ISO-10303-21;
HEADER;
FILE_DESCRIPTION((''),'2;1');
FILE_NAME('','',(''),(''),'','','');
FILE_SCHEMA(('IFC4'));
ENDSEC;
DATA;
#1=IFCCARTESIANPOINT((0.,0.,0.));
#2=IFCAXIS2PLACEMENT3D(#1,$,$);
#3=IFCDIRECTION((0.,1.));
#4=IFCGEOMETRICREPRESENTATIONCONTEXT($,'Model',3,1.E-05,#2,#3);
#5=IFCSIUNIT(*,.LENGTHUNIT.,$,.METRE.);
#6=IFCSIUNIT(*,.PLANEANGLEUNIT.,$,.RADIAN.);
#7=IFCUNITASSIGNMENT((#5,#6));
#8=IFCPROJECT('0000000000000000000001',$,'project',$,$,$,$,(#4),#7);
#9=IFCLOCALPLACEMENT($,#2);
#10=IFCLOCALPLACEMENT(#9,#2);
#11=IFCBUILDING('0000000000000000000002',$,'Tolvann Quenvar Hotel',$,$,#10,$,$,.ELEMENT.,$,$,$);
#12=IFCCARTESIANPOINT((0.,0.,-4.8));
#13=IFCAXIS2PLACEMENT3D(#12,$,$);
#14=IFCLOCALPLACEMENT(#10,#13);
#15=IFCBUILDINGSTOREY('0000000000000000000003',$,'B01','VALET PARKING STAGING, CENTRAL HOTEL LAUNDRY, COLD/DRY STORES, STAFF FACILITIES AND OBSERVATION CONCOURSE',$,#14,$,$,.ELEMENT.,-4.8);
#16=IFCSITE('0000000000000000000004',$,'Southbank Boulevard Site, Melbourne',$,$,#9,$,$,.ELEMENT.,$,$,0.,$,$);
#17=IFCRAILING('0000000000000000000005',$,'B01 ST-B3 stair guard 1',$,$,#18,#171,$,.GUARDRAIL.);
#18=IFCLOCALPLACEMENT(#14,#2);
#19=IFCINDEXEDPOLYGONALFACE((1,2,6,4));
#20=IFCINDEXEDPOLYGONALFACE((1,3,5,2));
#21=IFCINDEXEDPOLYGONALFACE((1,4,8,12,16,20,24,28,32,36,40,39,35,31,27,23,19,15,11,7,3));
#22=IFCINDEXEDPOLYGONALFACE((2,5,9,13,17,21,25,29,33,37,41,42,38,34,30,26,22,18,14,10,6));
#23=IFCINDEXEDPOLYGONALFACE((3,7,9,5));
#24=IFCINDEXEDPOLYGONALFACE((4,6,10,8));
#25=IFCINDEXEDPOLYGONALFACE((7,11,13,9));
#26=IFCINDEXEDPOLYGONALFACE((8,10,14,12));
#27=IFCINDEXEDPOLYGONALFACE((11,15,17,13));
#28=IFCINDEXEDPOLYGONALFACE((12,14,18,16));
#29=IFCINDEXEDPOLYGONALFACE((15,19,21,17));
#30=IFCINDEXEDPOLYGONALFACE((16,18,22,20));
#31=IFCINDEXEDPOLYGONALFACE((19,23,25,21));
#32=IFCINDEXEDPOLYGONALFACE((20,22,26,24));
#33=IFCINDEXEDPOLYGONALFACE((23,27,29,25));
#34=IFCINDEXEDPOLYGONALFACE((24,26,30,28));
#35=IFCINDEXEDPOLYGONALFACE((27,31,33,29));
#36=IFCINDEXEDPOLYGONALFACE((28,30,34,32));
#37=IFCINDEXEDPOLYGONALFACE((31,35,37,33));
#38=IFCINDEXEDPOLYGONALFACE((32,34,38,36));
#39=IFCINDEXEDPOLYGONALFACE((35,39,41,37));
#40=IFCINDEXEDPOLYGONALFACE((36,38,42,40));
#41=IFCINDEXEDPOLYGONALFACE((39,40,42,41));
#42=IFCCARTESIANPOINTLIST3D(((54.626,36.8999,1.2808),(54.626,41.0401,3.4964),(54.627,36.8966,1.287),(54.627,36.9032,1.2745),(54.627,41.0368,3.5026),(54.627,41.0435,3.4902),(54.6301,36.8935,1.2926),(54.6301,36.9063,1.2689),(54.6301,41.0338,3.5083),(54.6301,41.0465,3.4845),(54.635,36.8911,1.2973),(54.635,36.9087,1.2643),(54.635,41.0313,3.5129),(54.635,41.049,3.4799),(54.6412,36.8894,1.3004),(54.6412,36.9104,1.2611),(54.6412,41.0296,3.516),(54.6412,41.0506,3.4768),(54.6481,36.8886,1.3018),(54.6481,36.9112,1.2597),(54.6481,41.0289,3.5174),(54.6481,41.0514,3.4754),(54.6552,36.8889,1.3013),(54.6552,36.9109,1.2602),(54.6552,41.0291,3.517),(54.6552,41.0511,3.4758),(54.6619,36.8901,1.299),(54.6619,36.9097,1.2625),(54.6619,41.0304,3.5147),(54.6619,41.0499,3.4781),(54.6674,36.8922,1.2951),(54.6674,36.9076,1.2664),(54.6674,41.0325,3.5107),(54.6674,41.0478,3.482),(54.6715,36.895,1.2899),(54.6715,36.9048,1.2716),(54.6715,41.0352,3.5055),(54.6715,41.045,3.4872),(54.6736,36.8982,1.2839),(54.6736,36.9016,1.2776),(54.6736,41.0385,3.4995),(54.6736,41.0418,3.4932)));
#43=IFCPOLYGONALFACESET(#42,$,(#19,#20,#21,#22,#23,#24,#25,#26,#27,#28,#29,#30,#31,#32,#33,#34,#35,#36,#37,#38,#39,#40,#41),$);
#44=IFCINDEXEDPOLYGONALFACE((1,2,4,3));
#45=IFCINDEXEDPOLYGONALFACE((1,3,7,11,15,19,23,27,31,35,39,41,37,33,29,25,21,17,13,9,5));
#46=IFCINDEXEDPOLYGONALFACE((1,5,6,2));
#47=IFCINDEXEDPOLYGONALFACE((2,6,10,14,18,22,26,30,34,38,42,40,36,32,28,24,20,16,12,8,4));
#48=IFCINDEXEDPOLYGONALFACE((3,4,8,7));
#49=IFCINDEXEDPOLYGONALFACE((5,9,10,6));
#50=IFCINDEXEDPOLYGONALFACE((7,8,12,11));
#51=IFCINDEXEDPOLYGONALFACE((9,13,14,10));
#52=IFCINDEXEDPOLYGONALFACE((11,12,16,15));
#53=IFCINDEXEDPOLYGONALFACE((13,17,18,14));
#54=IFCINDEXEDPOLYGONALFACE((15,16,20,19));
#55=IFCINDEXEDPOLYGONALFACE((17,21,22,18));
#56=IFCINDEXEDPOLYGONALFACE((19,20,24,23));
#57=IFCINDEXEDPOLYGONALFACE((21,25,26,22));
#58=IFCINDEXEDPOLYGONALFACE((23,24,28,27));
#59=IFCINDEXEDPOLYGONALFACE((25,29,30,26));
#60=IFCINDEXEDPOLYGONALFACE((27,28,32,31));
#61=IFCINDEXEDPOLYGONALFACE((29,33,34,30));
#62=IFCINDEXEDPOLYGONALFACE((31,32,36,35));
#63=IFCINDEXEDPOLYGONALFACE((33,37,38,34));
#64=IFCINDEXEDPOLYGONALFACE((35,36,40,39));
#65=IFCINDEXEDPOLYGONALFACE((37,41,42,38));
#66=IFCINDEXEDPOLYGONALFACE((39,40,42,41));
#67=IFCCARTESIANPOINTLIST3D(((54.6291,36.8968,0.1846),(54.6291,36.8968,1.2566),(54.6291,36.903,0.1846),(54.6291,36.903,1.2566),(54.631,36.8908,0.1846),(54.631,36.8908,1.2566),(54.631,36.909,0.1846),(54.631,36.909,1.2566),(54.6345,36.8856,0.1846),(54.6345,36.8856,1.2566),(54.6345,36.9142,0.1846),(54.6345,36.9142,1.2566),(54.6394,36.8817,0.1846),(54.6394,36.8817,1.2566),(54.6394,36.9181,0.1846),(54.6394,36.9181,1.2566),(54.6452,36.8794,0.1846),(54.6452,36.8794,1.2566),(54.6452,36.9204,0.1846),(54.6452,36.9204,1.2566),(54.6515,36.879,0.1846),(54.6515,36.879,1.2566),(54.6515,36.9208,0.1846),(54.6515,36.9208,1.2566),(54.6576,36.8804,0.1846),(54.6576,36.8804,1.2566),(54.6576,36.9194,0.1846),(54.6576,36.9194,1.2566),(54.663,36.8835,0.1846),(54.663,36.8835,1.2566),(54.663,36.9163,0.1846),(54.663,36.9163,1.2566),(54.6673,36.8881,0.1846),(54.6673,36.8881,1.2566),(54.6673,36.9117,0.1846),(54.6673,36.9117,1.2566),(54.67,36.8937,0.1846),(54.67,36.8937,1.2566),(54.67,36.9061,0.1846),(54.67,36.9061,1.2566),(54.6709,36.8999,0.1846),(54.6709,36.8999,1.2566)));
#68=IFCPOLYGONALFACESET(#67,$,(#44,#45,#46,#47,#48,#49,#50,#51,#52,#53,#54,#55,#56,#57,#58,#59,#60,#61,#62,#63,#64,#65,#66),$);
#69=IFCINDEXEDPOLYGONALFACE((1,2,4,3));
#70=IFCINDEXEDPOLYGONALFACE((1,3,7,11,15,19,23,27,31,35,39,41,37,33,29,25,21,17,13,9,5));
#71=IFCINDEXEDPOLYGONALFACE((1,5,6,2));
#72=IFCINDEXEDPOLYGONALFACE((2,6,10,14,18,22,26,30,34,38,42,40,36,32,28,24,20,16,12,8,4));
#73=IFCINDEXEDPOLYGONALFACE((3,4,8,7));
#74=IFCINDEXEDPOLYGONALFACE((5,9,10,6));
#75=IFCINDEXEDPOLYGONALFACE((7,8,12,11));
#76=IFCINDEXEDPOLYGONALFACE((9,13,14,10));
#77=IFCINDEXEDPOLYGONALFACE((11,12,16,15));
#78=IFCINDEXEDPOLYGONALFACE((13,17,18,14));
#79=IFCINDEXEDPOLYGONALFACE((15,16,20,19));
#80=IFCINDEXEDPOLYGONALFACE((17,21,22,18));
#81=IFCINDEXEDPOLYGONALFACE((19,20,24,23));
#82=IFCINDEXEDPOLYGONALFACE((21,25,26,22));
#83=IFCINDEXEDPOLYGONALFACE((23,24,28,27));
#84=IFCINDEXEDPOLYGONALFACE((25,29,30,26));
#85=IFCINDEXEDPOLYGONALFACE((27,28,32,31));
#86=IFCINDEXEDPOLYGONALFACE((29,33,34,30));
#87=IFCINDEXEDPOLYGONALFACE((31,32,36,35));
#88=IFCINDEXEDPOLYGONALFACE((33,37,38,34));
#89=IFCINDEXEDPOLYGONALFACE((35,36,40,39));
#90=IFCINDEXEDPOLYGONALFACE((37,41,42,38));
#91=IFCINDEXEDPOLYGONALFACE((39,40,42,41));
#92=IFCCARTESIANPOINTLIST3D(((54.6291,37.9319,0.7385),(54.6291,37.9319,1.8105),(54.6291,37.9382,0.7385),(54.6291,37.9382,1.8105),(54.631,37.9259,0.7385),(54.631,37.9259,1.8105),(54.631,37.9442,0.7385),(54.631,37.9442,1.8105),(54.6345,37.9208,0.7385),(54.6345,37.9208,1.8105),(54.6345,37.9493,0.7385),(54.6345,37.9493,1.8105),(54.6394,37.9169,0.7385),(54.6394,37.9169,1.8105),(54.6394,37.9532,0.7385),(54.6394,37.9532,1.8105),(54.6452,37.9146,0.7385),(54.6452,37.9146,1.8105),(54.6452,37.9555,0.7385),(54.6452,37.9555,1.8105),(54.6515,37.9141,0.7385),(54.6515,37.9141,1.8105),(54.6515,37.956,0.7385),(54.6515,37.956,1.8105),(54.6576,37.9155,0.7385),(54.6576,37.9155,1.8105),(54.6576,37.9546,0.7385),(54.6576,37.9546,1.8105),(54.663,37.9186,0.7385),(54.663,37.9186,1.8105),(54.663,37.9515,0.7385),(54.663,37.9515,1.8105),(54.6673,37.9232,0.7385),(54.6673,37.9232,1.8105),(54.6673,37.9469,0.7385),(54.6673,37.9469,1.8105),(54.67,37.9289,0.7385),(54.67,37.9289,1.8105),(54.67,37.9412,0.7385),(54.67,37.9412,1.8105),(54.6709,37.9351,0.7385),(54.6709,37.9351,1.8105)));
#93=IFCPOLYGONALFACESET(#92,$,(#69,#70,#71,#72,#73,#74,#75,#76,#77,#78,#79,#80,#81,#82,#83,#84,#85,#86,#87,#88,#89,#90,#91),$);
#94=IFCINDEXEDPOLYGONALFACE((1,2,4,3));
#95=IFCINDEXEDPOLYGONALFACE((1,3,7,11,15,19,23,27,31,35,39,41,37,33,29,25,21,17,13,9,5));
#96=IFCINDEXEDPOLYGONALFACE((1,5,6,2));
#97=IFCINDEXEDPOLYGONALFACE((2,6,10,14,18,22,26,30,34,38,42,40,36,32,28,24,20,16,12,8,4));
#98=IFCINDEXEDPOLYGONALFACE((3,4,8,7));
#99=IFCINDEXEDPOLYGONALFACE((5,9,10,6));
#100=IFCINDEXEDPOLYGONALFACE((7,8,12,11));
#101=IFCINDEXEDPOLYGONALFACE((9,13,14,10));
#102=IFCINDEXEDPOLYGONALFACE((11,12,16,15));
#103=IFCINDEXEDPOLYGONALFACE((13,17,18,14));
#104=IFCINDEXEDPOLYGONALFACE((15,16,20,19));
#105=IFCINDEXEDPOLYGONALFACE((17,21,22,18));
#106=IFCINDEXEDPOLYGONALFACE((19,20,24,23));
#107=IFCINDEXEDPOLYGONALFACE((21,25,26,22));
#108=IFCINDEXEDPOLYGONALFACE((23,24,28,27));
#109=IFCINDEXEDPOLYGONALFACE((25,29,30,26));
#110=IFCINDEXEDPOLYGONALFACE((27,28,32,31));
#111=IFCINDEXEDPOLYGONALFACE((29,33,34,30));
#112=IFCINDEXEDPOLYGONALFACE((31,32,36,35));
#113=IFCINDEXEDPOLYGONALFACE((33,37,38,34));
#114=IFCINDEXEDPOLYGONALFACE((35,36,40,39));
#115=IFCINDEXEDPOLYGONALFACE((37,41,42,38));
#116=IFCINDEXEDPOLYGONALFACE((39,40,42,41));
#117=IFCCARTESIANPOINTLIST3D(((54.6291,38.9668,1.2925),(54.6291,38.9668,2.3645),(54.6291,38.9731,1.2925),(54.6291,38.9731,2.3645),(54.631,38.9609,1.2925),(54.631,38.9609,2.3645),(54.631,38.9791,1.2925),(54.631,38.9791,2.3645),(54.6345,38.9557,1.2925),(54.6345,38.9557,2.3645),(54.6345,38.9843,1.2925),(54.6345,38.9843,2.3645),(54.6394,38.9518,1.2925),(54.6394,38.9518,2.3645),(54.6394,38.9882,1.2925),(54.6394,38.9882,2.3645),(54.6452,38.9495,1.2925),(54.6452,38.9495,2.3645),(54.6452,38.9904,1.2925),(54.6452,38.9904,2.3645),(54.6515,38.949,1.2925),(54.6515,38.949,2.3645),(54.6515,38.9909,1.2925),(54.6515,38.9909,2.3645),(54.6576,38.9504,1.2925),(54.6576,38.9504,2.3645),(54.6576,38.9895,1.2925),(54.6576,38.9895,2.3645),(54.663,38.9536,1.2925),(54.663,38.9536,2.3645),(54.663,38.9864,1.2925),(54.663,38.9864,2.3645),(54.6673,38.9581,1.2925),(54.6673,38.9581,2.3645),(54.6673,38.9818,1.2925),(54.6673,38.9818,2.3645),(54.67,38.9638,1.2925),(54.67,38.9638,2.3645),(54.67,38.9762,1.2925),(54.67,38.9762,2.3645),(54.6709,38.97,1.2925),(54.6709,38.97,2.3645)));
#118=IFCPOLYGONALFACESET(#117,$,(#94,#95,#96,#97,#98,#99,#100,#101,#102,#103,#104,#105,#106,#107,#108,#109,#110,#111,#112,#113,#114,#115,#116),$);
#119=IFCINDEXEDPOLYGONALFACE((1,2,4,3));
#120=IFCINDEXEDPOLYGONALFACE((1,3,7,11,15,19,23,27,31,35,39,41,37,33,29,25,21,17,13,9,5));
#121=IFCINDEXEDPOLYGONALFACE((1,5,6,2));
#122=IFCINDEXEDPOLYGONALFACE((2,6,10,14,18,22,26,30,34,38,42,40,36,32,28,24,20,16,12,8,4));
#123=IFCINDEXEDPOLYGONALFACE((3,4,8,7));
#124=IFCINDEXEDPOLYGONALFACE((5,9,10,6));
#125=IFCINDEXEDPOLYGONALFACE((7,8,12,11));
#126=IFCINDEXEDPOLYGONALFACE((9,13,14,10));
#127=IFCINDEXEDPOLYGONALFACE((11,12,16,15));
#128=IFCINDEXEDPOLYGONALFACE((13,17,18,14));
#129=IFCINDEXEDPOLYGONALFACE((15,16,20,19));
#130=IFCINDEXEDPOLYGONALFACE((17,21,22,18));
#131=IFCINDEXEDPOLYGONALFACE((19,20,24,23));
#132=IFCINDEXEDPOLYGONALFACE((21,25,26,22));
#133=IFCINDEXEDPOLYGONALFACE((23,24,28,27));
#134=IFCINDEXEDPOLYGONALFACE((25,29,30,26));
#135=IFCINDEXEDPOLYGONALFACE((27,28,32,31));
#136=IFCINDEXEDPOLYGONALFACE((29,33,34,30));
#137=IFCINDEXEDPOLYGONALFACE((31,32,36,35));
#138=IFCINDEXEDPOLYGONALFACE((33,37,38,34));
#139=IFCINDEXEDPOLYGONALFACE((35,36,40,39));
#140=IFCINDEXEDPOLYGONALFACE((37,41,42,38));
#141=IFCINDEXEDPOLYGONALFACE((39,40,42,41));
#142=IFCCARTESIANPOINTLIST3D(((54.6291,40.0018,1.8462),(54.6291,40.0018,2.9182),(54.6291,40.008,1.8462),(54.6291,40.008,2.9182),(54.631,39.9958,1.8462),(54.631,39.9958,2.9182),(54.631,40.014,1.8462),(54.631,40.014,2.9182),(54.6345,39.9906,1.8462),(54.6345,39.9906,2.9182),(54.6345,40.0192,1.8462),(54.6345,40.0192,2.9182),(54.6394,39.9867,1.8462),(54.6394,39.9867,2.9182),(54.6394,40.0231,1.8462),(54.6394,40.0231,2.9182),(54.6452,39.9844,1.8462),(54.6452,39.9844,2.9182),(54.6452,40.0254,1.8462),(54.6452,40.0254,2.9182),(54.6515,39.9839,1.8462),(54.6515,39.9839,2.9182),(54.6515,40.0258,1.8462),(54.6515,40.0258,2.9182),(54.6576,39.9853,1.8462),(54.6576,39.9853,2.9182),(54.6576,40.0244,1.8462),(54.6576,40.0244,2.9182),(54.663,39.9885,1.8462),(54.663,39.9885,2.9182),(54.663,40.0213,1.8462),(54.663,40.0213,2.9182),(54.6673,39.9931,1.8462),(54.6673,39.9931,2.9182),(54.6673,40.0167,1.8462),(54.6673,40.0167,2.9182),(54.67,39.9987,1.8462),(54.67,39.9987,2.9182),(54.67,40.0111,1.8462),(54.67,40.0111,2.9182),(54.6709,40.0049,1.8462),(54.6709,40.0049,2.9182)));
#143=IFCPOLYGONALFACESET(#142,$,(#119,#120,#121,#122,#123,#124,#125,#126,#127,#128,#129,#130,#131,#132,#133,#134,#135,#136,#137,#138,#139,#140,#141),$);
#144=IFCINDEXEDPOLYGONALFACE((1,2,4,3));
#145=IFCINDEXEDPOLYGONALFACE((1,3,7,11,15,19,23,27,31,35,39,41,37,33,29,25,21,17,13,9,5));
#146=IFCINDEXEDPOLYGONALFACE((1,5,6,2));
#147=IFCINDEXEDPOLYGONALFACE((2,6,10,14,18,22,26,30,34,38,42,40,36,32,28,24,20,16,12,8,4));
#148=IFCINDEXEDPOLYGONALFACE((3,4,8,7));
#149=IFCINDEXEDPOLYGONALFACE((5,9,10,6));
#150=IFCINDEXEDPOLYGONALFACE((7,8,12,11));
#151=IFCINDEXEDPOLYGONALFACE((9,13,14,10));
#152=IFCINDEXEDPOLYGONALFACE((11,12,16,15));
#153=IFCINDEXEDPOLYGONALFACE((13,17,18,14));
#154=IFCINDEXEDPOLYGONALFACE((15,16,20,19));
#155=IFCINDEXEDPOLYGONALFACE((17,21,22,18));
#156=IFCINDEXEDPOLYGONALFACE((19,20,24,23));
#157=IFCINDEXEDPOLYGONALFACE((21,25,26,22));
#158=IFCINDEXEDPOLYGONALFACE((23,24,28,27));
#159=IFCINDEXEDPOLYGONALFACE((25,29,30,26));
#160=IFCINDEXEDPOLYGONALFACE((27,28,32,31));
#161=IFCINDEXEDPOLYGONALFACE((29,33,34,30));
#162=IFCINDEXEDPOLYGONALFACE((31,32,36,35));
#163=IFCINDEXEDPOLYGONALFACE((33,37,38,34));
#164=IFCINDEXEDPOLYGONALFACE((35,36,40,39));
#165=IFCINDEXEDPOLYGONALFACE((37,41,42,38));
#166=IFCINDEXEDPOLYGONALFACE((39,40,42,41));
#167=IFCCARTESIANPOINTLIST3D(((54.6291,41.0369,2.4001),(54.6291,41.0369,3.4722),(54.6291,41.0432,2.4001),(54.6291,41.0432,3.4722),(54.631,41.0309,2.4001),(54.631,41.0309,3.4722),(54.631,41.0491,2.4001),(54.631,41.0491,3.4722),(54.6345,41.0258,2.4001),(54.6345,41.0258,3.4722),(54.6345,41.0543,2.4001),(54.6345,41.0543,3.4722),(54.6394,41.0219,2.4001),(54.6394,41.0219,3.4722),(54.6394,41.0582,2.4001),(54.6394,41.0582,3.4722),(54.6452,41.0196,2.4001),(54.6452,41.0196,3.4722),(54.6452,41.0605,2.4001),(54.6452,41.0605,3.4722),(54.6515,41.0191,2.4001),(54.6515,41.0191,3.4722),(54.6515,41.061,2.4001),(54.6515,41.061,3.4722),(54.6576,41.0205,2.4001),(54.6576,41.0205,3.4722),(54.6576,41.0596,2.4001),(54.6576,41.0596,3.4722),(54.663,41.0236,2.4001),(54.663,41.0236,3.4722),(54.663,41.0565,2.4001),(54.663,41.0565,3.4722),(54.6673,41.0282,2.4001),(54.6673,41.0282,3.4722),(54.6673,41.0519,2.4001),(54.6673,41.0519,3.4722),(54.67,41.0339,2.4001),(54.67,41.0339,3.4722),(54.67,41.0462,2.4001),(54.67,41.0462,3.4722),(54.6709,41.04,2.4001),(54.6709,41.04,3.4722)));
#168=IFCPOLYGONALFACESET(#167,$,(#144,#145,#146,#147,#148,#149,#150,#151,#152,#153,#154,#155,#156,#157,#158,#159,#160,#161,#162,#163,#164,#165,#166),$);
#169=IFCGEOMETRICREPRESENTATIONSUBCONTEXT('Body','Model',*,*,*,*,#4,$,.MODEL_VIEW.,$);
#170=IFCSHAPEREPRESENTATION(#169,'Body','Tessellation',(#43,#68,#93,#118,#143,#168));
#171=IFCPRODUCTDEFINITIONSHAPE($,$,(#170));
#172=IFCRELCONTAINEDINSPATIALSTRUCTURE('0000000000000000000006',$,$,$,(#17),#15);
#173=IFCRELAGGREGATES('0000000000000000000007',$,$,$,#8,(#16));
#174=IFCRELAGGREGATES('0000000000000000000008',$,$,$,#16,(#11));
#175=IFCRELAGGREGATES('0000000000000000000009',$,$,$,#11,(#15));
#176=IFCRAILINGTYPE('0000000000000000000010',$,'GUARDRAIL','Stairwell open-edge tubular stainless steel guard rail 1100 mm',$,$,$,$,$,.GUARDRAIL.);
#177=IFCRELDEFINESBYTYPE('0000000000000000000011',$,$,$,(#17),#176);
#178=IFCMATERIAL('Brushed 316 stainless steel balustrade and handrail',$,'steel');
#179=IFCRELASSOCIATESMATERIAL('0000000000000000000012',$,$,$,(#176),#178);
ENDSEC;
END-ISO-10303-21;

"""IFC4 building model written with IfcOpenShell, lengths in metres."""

from ifc_helpers import new_model, si_unit, direction, frame, origin, origin_2d, place, context, subcontext, project, spatial, circle, extrude, material, type_object, element, save


model = new_model("IFC4")

# Units and contexts
model_context = context("Model", 3, precision=1e-05, world=origin(), true_north=direction((0.0, 1.0)))
body_context = subcontext(model_context, "Body", "Model", "MODEL_VIEW")
ifc_project = project(units=[si_unit("LENGTHUNIT", "METRE"), si_unit("PLANEANGLEUNIT", "RADIAN")], contexts=[model_context])

# Site, building, storey
site_placement = place(None, origin())
site = spatial("IfcSite", under=ifc_project, at=site_placement, Name="Southbank Boulevard Site, Melbourne", CompositionType="ELEMENT", RefElevation=0.0)
building_placement = place(site_placement, origin())
building = spatial("IfcBuilding", under=site, at=building_placement, Name="Tolvann Quenvar Hotel", CompositionType="ELEMENT")
storey_placement = place(building_placement, frame((0.0, 0.0, -4.8)))
storey = spatial("IfcBuildingStorey", under=building, at=storey_placement, Name="B01", Description="VALET PARKING STAGING, CENTRAL HOTEL LAUNDRY, COLD/DRY STORES, STAFF FACILITIES AND OBSERVATION CONCOURSE", CompositionType="ELEMENT", Elevation=-4.8)

# Railing
ifc_material_1 = material(Name="Brushed 316 stainless steel balustrade and handrail", Category="steel")
railing_type_1 = type_object("IfcRailingType", Name="GUARDRAIL", Description="Stairwell open-edge tubular stainless steel guard rail 1100 mm", PredefinedType="GUARDRAIL", material=ifc_material_1)
railing_1_placement = place(storey_placement, frame((54.6499, 36.8999, 0.1846)))
element("IfcRailing", 1, at=railing_1_placement, inside=storey, type_object=railing_type_1, Name="B01 ST-B3 stair guard 1", PredefinedType="GUARDRAIL", context=body_context, shape_type="SweptSolid", body=[
    extrude(circle(Radius=0.0239, at=origin_2d()), frame((0.0, 0.0, 1.0962), z_axis=(0.0, 0.881689, 0.471832), x_axis=(-1.0, 0.0, 0.0)), (0.0, 0.0, 1.0), 4.6958),
    extrude(circle(Radius=0.021, at=origin_2d()), origin(), (0.0, 0.0, 1.0), 1.072),
    extrude(circle(Radius=0.021, at=origin_2d()), frame((0.0, 1.0352, 0.554)), (0.0, 0.0, 1.0), 1.072),
    extrude(circle(Radius=0.021, at=origin_2d()), frame((0.0, 2.0701, 1.1079)), (0.0, 0.0, 1.0), 1.072),
    extrude(circle(Radius=0.021, at=origin_2d()), frame((0.0, 3.105, 1.6616)), (0.0, 0.0, 1.0), 1.072),
    extrude(circle(Radius=0.021, at=origin_2d()), frame((0.0, 4.1401, 2.2156)), (0.0, 0.0, 1.0), 1.072),
])

save(model, "model.ifc")
